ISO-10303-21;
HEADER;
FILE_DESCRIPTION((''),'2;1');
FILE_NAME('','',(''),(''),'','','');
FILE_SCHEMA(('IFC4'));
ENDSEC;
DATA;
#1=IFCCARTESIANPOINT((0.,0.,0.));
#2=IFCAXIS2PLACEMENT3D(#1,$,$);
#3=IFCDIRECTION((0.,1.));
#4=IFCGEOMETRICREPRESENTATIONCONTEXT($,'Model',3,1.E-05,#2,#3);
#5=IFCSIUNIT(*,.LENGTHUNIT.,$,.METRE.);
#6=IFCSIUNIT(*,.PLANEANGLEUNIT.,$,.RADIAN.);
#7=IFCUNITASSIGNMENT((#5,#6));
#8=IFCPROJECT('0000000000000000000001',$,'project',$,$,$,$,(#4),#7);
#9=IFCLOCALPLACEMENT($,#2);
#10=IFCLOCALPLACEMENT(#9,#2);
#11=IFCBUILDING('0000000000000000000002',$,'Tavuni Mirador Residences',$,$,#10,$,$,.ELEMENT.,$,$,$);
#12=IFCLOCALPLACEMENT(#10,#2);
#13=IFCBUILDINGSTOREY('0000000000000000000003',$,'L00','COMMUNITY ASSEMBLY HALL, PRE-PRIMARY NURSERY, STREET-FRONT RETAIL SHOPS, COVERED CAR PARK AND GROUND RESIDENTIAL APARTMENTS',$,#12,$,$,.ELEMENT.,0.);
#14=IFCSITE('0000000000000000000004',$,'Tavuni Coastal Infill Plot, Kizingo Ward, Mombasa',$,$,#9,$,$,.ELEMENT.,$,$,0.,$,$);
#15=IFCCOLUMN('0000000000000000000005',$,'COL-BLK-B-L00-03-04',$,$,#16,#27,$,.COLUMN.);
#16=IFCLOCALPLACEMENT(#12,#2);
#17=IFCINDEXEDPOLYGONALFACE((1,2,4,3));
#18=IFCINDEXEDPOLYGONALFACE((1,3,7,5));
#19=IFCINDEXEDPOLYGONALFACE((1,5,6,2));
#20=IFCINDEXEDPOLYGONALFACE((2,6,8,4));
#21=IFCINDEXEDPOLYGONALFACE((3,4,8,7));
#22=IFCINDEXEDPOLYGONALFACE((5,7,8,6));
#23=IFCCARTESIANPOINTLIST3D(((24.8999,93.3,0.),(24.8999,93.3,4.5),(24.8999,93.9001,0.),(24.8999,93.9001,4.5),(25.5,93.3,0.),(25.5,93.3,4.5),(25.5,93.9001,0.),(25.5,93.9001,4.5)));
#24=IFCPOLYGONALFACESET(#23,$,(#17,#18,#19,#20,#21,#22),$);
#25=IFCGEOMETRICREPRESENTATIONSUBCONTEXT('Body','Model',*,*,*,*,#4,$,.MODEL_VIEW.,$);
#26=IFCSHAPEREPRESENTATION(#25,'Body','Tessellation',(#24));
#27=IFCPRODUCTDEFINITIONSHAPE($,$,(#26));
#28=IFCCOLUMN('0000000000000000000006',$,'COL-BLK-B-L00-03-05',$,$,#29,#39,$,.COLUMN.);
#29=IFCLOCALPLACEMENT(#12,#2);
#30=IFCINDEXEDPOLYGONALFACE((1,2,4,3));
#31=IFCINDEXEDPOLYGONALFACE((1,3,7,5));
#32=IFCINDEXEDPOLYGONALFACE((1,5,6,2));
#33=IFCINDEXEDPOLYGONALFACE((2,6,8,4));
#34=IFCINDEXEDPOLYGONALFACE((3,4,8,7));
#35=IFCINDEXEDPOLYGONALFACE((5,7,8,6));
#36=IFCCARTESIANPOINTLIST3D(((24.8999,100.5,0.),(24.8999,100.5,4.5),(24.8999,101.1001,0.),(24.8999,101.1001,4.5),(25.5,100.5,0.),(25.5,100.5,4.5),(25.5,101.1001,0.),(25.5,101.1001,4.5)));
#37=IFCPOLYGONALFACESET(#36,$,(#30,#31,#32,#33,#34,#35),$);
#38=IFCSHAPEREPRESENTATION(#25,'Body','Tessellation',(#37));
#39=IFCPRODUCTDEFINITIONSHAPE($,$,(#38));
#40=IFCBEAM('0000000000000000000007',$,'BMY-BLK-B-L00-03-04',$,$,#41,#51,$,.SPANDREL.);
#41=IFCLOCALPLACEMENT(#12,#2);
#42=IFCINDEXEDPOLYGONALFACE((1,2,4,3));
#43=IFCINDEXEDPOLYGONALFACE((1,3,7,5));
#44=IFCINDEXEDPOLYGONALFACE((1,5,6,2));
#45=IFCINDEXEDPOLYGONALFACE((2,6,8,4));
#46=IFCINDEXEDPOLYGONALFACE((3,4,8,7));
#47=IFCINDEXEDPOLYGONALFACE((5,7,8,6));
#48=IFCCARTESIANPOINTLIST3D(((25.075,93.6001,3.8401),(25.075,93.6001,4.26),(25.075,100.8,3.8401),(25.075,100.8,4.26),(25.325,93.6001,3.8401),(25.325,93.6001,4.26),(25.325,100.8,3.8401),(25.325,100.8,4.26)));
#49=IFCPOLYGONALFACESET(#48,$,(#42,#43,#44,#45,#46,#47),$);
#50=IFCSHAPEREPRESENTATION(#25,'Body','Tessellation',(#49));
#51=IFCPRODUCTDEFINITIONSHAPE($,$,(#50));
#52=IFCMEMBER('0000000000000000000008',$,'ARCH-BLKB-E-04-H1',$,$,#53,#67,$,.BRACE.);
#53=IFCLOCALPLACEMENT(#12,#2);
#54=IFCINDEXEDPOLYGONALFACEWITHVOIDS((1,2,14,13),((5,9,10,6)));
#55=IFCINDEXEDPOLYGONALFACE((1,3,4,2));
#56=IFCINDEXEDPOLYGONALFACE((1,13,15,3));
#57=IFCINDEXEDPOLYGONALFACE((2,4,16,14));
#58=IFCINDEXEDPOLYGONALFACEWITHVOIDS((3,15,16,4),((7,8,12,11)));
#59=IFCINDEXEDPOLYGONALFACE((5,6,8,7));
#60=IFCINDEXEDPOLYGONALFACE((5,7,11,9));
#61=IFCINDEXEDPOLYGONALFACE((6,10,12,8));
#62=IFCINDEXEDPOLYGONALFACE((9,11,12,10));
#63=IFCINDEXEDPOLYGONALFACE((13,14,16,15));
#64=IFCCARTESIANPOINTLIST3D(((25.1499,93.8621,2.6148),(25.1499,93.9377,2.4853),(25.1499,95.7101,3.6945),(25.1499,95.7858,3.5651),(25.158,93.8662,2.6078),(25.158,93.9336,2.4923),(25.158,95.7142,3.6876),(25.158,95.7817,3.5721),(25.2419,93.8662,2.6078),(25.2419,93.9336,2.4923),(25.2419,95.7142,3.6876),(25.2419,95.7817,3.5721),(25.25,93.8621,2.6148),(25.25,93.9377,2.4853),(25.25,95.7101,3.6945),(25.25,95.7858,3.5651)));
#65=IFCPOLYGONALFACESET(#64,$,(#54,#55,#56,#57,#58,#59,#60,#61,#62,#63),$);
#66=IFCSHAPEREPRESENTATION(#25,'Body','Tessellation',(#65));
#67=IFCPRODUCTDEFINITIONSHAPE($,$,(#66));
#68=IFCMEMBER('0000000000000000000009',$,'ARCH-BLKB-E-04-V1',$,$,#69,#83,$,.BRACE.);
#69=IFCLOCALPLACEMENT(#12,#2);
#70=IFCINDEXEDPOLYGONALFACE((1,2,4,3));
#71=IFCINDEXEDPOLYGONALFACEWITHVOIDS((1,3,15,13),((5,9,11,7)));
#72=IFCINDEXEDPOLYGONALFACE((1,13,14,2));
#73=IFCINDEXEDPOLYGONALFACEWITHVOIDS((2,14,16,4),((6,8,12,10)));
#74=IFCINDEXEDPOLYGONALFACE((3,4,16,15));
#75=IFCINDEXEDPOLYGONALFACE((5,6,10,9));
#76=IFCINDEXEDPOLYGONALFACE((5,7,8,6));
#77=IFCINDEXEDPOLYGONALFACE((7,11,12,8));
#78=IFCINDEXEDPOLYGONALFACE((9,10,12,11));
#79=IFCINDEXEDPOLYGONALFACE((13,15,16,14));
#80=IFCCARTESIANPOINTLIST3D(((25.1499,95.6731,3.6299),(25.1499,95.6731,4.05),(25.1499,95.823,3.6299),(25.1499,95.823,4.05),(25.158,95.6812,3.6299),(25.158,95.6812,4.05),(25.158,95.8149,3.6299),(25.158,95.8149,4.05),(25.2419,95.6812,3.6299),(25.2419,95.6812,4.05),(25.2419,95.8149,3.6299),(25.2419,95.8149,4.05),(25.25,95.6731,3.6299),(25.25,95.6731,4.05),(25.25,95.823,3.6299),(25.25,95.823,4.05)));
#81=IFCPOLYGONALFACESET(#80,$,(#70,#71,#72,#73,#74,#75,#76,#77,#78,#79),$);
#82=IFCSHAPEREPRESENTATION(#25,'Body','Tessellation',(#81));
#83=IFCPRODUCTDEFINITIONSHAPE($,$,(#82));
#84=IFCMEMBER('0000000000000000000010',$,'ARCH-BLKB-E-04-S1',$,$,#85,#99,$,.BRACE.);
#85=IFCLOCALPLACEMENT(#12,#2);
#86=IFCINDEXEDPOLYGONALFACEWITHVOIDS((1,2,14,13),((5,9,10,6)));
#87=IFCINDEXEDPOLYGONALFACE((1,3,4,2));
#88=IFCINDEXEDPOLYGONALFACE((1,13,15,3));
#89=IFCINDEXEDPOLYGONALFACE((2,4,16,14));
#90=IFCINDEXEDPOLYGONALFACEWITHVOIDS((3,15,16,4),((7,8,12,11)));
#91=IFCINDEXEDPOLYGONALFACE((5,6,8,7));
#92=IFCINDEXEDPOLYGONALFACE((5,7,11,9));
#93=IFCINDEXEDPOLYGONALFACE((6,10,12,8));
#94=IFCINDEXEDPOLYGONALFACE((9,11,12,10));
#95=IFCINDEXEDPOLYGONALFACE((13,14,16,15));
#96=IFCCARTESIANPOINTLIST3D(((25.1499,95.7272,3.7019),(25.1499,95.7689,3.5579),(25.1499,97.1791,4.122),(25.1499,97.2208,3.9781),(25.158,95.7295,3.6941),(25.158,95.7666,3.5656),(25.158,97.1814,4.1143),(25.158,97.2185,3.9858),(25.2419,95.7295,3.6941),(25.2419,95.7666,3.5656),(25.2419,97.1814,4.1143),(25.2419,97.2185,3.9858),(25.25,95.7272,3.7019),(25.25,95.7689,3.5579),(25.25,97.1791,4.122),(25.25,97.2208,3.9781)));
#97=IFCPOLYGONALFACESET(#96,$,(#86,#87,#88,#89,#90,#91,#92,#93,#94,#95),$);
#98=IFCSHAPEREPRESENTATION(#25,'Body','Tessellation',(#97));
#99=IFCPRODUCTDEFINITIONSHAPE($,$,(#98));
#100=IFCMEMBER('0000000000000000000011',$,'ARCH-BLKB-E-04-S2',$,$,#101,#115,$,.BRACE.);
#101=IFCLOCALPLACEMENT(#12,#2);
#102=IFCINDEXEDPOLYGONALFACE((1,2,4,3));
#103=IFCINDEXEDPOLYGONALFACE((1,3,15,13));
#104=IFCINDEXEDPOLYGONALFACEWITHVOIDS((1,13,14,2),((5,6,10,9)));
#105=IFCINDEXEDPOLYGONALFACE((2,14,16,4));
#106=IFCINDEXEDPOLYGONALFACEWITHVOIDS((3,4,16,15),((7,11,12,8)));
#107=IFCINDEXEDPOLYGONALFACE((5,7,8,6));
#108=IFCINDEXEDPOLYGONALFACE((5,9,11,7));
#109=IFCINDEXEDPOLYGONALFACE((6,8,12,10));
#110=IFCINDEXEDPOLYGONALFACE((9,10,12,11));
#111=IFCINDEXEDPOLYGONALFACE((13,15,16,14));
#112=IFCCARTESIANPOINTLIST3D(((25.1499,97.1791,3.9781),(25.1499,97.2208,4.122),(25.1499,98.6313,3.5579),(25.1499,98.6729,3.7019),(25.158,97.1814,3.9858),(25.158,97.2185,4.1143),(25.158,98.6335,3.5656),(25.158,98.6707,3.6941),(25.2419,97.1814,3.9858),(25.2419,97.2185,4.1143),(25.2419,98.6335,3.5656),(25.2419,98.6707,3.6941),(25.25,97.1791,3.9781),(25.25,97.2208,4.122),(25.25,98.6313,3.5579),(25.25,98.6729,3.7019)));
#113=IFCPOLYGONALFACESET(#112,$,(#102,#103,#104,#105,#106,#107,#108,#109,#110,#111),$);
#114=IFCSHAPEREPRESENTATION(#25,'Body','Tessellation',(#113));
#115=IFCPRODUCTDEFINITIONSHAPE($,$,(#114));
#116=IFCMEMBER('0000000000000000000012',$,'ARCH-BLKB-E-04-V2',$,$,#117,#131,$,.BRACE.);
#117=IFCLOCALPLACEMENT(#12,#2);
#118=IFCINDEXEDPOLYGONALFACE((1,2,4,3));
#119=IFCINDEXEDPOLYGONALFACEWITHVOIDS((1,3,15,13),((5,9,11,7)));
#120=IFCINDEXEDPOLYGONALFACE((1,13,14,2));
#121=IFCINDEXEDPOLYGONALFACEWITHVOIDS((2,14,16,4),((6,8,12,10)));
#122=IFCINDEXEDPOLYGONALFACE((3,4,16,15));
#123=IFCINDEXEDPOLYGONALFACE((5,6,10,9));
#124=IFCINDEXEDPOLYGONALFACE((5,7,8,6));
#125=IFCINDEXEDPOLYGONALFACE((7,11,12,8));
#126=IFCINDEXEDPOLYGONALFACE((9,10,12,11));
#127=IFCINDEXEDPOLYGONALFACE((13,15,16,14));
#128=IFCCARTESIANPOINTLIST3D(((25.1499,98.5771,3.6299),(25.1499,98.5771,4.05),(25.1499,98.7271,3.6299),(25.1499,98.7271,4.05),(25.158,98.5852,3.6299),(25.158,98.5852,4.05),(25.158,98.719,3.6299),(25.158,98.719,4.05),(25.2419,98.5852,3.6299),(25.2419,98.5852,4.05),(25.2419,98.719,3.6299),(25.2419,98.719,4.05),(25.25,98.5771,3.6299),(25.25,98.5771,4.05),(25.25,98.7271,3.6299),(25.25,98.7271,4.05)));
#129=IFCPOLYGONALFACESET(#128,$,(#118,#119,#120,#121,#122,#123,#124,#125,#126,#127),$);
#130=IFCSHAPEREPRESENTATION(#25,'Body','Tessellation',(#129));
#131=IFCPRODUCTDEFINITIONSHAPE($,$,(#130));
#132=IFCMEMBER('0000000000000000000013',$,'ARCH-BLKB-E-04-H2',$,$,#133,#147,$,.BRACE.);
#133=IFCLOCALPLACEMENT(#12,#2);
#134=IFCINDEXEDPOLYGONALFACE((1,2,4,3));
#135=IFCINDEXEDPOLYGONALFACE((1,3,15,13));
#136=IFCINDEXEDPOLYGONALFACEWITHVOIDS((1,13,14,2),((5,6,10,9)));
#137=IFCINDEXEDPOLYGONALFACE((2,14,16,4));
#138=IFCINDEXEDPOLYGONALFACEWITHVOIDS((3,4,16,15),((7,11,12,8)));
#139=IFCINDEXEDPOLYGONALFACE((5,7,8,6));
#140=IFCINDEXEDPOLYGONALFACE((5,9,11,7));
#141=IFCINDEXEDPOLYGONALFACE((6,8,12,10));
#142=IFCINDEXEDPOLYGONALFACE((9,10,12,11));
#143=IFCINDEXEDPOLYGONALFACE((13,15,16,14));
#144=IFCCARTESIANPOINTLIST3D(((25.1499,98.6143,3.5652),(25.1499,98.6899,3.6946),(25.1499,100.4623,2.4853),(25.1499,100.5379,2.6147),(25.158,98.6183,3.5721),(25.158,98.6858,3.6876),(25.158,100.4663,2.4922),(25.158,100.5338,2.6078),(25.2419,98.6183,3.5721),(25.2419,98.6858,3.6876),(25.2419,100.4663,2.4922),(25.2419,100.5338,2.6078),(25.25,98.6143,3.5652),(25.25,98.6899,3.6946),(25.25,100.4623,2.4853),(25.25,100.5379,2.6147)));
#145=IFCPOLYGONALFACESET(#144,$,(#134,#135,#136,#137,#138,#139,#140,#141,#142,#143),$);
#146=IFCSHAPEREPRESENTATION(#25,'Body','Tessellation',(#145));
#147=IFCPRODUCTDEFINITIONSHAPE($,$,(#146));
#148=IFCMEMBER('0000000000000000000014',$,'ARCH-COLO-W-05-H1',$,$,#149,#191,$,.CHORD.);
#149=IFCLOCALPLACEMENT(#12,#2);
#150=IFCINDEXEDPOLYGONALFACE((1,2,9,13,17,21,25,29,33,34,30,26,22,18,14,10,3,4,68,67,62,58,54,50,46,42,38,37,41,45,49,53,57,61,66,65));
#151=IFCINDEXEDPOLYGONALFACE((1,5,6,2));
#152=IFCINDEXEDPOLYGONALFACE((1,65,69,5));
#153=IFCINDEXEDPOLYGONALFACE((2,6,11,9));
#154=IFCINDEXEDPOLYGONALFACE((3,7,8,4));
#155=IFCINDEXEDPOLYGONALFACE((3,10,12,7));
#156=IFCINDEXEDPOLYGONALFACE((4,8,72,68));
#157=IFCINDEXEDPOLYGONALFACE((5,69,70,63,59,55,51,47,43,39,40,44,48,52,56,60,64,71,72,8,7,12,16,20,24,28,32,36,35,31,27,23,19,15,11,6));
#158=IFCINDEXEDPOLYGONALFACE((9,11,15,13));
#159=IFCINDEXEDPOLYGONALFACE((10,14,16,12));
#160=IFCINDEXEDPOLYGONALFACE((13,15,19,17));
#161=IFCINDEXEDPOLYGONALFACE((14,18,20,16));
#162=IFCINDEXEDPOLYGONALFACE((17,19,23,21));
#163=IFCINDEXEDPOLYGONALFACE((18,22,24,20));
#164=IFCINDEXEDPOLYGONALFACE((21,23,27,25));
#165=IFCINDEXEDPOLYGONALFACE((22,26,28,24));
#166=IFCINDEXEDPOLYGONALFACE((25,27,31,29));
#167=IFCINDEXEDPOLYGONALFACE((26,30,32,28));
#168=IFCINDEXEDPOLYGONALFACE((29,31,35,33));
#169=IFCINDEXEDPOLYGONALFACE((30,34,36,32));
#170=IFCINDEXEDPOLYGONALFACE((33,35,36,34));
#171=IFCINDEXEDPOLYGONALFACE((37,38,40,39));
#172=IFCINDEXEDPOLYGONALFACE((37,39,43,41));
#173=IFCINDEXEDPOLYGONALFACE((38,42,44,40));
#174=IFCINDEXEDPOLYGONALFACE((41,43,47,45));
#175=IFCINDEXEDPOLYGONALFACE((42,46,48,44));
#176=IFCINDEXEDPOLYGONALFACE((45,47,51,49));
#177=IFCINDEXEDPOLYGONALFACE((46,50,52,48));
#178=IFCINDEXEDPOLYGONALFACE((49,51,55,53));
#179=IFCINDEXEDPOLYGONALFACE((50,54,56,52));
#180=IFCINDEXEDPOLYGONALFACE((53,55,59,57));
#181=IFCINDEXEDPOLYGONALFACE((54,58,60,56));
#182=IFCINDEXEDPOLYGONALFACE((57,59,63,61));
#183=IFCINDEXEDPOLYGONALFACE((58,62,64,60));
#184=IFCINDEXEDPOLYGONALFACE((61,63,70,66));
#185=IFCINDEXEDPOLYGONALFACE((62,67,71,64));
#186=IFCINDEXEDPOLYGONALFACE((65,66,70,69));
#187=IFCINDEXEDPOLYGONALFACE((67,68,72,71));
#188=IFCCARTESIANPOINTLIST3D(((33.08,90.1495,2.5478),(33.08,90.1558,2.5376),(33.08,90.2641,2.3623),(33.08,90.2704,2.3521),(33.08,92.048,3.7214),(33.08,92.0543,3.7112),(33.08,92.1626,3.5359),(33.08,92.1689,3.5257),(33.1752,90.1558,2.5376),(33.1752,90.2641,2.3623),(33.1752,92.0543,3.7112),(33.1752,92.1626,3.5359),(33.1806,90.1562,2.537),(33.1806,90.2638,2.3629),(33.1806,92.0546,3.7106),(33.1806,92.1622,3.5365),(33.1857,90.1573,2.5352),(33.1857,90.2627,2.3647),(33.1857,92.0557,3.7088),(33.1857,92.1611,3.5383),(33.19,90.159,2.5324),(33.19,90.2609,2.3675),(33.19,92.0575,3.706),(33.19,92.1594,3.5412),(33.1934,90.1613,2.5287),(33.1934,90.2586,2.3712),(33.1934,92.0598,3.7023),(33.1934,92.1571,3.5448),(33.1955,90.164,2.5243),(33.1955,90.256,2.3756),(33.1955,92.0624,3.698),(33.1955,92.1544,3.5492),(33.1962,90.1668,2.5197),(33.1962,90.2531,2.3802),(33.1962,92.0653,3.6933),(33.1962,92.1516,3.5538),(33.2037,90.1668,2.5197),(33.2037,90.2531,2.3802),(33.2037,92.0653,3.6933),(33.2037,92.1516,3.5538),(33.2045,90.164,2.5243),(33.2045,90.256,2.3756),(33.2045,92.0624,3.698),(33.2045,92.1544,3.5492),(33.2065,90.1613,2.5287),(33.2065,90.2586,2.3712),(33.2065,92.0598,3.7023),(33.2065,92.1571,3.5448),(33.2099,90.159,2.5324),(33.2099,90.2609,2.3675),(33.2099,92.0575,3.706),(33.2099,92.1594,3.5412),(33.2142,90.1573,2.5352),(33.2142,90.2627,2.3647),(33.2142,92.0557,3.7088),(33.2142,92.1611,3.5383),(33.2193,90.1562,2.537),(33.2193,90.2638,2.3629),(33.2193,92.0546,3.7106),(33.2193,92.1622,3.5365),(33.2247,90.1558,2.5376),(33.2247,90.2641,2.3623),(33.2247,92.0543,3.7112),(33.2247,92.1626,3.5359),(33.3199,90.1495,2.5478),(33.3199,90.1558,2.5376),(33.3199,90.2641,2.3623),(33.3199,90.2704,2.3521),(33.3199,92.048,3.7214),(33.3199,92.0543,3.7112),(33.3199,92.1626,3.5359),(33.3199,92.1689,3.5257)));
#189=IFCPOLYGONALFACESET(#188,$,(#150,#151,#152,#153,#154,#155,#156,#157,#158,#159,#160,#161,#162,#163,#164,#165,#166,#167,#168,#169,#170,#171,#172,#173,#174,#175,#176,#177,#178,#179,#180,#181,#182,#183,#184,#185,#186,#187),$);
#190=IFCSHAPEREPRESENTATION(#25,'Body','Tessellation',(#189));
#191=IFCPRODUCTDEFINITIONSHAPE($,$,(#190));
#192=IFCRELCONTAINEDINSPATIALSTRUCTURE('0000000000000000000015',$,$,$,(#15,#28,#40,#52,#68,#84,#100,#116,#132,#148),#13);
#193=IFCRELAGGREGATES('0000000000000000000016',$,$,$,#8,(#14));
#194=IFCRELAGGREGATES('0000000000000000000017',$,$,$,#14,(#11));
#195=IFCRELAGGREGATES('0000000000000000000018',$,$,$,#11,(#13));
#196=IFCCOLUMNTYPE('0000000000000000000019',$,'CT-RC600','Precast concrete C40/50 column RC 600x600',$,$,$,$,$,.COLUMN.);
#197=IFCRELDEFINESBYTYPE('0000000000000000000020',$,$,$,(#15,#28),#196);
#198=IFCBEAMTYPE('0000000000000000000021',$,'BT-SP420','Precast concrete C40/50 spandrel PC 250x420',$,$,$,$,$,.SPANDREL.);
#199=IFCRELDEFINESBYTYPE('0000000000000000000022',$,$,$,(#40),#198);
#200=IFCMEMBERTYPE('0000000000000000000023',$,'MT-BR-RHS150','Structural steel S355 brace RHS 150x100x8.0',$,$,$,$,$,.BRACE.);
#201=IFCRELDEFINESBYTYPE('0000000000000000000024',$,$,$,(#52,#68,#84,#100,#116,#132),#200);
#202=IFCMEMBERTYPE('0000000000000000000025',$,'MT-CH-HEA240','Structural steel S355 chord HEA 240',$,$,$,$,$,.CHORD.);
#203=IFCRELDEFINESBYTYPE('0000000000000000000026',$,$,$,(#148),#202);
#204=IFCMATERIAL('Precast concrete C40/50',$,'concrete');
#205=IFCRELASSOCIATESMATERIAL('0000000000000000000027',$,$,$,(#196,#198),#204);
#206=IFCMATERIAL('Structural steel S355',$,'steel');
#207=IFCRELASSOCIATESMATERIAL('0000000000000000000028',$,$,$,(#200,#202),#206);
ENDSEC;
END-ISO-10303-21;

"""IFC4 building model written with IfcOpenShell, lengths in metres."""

from ifc_helpers import new_model, si_unit, direction, frame, origin, origin_2d, place, context, subcontext, project, spatial, rectangle, hollow_rectangle, i_section, extrude, material, material_profile, profile_set, type_object, element, save


model = new_model("IFC4")

# Units and contexts
model_context = context("Model", 3, precision=1e-05, world=origin(), true_north=direction((0.0, 1.0)))
body_context = subcontext(model_context, "Body", "Model", "MODEL_VIEW")
ifc_project = project(units=[si_unit("LENGTHUNIT", "METRE"), si_unit("PLANEANGLEUNIT", "RADIAN")], contexts=[model_context])

# Site, building, storey
site_placement = place(None, origin())
site = spatial("IfcSite", under=ifc_project, at=site_placement, Name="Tavuni Coastal Infill Plot, Kizingo Ward, Mombasa", CompositionType="ELEMENT", RefElevation=0.0)
building_placement = place(site_placement, origin())
building = spatial("IfcBuilding", under=site, at=building_placement, Name="Tavuni Mirador Residences", CompositionType="ELEMENT")
storey_placement = place(building_placement, origin())
storey = spatial("IfcBuildingStorey", under=building, at=storey_placement, Name="L00", Description="COMMUNITY ASSEMBLY HALL, PRE-PRIMARY NURSERY, STREET-FRONT RETAIL SHOPS, COVERED CAR PARK AND GROUND RESIDENTIAL APARTMENTS", CompositionType="ELEMENT", Elevation=0.0)

# Columns
ifc_material_1 = material(Name="Precast concrete C40/50", Category="concrete")
ifc_material_profile_1 = material_profile(ifc_material_1, rectangle(XDim=0.6001, YDim=0.6001, at=origin_2d()), Name="RC 600x600", Category="concrete")
ifc_profile_set_1 = profile_set([ifc_material_profile_1], Name="Precast concrete C40/50")
column_type = type_object("IfcColumnType", Name="CT-RC600", Description="Precast concrete C40/50 column RC 600x600", PredefinedType="COLUMN", material=ifc_profile_set_1)
for number, where, z_axis, x_axis, name in (
    (1, (25.2, 93.6001, 0.0), (0.0, 0.0, 1.0), (1.0, 0.0, 0.0), "COL-BLK-B-L00-03-04"),
    (2, (25.2, 100.8, 0.0), (0.0, 0.0, 1.0), (1.0, 0.0, 0.0), "COL-BLK-B-L00-03-05"),
):
    element("IfcColumn", number, at=place(storey_placement, frame(where, z_axis=z_axis, x_axis=x_axis)), inside=storey, type_object=column_type, Name=name, PredefinedType="COLUMN", context=body_context, shape_type="SweptSolid", body=[
        extrude(rectangle(XDim=0.6001, YDim=0.6001, at=origin_2d()), origin(), (0.0, 0.0, 1.0), 4.5),
    ])

# Beam
ifc_material_profile_2 = material_profile(ifc_material_1, rectangle(XDim=0.25, YDim=0.4199, at=origin_2d()), Name="PC 250x420", Category="concrete")
ifc_profile_set_2 = profile_set([ifc_material_profile_2], Name="Precast concrete C40/50")
beam_type = type_object("IfcBeamType", Name="BT-SP420", Description="Precast concrete C40/50 spandrel PC 250x420", PredefinedType="SPANDREL", material=ifc_profile_set_2)
beam_placement = place(storey_placement, frame((25.2, 93.6001, 4.05), z_axis=(0.0, 1.0, 0.0), x_axis=(-1.0, 0.0, 0.0)))
element("IfcBeam", 3, at=beam_placement, inside=storey, type_object=beam_type, Name="BMY-BLK-B-L00-03-04", PredefinedType="SPANDREL", context=body_context, shape_type="SweptSolid", body=[
    extrude(rectangle(XDim=0.25, YDim=0.4199, at=origin_2d()), origin(), (0.0, 0.0, 1.0), 7.2),
])

# Members
ifc_material_2 = material(Name="Structural steel S355", Category="steel")
ifc_material_profile_3 = material_profile(ifc_material_2, hollow_rectangle(XDim=0.1001, YDim=0.1499, WallThickness=0.0081, at=origin_2d()), Name="RHS 150x100x8.0", Category="steel")
ifc_profile_set_3 = profile_set([ifc_material_profile_3], Name="Structural steel S355")
member_type_1 = type_object("IfcMemberType", Name="MT-BR-RHS150", Description="Structural steel S355 brace RHS 150x100x8.0", PredefinedType="BRACE", material=ifc_profile_set_3)
member_1_placement = place(storey_placement, frame((25.2, 93.8999, 2.55), z_axis=(0.0, 0.863423, 0.504481), x_axis=(-1.0, 0.0, 0.0)))
element("IfcMember", 4, at=member_1_placement, inside=storey, type_object=member_type_1, Name="ARCH-BLKB-E-04-H1", PredefinedType="BRACE", context=body_context, shape_type="SweptSolid", body=[
    extrude(hollow_rectangle(XDim=0.1001, YDim=0.1499, WallThickness=0.0081, at=origin_2d()), origin(), (0.0, 0.0, 1.0), 2.1404),
])
member_2_placement = place(storey_placement, frame((25.2, 95.748, 3.6299), z_axis=(0.0, 0.0, 1.0), x_axis=(1.0, 0.0, 0.0)))
element("IfcMember", 5, at=member_2_placement, inside=storey, type_object=member_type_1, Name="ARCH-BLKB-E-04-V1", PredefinedType="BRACE", context=body_context, shape_type="SweptSolid", body=[
    extrude(hollow_rectangle(XDim=0.1001, YDim=0.1499, WallThickness=0.0081, at=origin_2d()), origin(), (0.0, 0.0, 1.0), 0.4202),
])
member_3_placement = place(storey_placement, frame((25.2, 95.748, 3.6299), z_axis=(0.0, 0.960586, 0.277984), x_axis=(-1.0, 0.0, 0.0)))
element("IfcMember", 6, at=member_3_placement, inside=storey, type_object=member_type_1, Name="ARCH-BLKB-E-04-S1", PredefinedType="BRACE", context=body_context, shape_type="SweptSolid", body=[
    extrude(hollow_rectangle(XDim=0.1001, YDim=0.1499, WallThickness=0.0081, at=origin_2d()), origin(), (0.0, 0.0, 1.0), 1.5115),
])
member_4_placement = place(storey_placement, frame((25.2, 97.2, 4.05), z_axis=(0.0, 0.960598, -0.27794), x_axis=(-1.0, 0.0, 0.0)))
element("IfcMember", 7, at=member_4_placement, inside=storey, type_object=member_type_1, Name="ARCH-BLKB-E-04-S2", PredefinedType="BRACE", context=body_context, shape_type="SweptSolid", body=[
    extrude(hollow_rectangle(XDim=0.1001, YDim=0.1499, WallThickness=0.0081, at=origin_2d()), origin(), (0.0, 0.0, 1.0), 1.5117),
])
member_5_placement = place(storey_placement, frame((25.2, 98.6521, 3.6299), z_axis=(0.0, 0.0, 1.0), x_axis=(1.0, 0.0, 0.0)))
element("IfcMember", 8, at=member_5_placement, inside=storey, type_object=member_type_1, Name="ARCH-BLKB-E-04-V2", PredefinedType="BRACE", context=body_context, shape_type="SweptSolid", body=[
    extrude(hollow_rectangle(XDim=0.1001, YDim=0.1499, WallThickness=0.0081, at=origin_2d()), origin(), (0.0, 0.0, 1.0), 0.4202),
])
member_6_placement = place(storey_placement, frame((25.2, 98.6521, 3.6299), z_axis=(0.0, 0.863394, -0.50453), x_axis=(-1.0, 0.0, 0.0)))
element("IfcMember", 9, at=member_6_placement, inside=storey, type_object=member_type_1, Name="ARCH-BLKB-E-04-H2", PredefinedType="BRACE", context=body_context, shape_type="SweptSolid", body=[
    extrude(hollow_rectangle(XDim=0.1001, YDim=0.1499, WallThickness=0.0081, at=origin_2d()), origin(), (0.0, 0.0, 1.0), 2.1404),
])
ifc_material_profile_4 = material_profile(ifc_material_2, i_section(OverallWidth=0.24, OverallDepth=0.23, WebThickness=0.0076, FlangeThickness=0.012, FilletRadius=0.021, at=origin_2d()), Name="HEA 240", Category="steel")
ifc_profile_set_4 = profile_set([ifc_material_profile_4], Name="Structural steel S355")
member_type_2 = type_object("IfcMemberType", Name="MT-CH-HEA240", Description="Structural steel S355 chord HEA 240", PredefinedType="CHORD", material=ifc_profile_set_4)
member_7_placement = place(storey_placement, frame((33.2, 90.21, 2.45), z_axis=(0.0, 0.850594, 0.525824), x_axis=(-1.0, 0.0, 0.0)))
element("IfcMember", 10, at=member_7_placement, inside=storey, type_object=member_type_2, Name="ARCH-COLO-W-05-H1", PredefinedType="CHORD", context=body_context, shape_type="SweptSolid", body=[
    extrude(i_section(OverallWidth=0.24, OverallDepth=0.23, WebThickness=0.0076, FlangeThickness=0.012, FilletRadius=0.021, at=origin_2d()), origin(), (0.0, 0.0, 1.0), 2.2319),
])

save(model, "model.ifc")
